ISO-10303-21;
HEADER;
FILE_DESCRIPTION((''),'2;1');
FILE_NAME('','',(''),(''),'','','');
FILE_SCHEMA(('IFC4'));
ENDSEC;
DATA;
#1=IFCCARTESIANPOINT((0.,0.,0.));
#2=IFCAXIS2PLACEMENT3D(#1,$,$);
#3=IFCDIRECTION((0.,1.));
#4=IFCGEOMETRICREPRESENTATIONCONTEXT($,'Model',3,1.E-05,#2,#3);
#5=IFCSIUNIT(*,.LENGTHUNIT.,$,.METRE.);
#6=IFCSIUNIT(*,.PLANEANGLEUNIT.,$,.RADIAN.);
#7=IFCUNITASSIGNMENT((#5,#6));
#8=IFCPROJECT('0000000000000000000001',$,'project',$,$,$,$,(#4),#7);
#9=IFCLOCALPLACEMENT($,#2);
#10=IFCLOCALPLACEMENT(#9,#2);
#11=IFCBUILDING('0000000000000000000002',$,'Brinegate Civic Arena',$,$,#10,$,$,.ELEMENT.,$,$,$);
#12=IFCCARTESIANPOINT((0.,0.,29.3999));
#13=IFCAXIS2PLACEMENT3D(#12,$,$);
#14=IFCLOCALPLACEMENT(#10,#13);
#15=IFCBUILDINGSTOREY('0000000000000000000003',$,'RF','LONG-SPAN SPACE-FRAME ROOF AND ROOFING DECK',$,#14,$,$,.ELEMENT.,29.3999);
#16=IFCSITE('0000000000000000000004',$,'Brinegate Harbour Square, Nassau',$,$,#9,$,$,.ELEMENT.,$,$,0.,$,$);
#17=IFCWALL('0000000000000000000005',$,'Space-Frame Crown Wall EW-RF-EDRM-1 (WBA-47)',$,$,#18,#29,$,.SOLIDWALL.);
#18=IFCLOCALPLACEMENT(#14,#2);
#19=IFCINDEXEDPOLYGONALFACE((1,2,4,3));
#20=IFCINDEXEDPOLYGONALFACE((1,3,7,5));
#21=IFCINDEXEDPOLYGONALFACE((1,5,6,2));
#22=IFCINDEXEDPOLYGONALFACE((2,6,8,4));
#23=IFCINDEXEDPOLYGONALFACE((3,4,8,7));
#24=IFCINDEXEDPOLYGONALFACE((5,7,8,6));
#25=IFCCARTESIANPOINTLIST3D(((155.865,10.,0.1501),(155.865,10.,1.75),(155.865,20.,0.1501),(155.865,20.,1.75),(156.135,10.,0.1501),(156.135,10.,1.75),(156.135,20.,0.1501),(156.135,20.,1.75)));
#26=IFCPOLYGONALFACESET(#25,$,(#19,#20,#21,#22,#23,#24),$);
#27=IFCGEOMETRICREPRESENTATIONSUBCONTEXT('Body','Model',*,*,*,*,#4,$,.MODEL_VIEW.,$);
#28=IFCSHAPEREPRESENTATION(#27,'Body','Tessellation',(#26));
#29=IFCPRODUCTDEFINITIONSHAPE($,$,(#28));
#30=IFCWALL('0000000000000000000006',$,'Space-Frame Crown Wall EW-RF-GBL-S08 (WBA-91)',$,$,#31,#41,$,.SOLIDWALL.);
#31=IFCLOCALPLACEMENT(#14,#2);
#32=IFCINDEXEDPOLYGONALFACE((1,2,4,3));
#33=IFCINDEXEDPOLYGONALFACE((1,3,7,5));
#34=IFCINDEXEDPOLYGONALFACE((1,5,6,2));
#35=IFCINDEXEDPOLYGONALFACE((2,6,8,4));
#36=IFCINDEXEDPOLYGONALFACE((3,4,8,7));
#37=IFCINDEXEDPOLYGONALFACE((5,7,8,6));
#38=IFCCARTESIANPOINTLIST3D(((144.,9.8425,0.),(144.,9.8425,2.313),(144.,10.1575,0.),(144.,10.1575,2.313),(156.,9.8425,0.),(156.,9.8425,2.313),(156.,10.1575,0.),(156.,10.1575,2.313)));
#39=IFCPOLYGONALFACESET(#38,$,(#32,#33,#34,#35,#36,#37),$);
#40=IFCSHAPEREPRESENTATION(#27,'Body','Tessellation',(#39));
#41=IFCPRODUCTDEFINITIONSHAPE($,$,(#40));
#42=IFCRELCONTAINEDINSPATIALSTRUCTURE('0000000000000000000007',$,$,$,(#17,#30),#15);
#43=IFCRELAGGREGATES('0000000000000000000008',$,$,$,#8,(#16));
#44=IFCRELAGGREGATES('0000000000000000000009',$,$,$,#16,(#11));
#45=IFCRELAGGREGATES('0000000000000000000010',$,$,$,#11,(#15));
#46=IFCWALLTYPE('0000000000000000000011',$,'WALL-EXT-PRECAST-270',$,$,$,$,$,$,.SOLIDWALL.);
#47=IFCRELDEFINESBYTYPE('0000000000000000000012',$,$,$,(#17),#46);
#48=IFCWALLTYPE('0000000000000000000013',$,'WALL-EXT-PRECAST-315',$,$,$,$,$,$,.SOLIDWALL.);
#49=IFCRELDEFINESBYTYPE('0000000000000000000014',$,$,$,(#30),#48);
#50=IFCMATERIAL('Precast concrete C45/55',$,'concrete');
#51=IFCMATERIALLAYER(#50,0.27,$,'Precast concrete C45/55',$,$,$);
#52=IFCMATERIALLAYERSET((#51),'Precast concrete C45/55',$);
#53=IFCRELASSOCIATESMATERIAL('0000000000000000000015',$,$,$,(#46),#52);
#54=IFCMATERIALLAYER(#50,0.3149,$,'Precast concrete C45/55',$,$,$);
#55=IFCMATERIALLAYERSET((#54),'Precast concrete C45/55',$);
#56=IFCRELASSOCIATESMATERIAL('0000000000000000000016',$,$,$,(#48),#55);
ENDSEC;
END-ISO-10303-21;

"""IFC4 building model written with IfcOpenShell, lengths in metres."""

from ifc_helpers import new_model, si_unit, direction, frame, frame_2d, origin, place, context, subcontext, project, spatial, rectangle, extrude, material, layer, layer_set, type_object, element, save


model = new_model("IFC4")

# Units and contexts
model_context = context("Model", 3, precision=1e-05, world=origin(), true_north=direction((0.0, 1.0)))
body_context = subcontext(model_context, "Body", "Model", "MODEL_VIEW")
ifc_project = project(units=[si_unit("LENGTHUNIT", "METRE"), si_unit("PLANEANGLEUNIT", "RADIAN")], contexts=[model_context])

# Site, building, storey
site_placement = place(None, origin())
site = spatial("IfcSite", under=ifc_project, at=site_placement, Name="Brinegate Harbour Square, Nassau", CompositionType="ELEMENT", RefElevation=0.0)
building_placement = place(site_placement, origin())
building = spatial("IfcBuilding", under=site, at=building_placement, Name="Brinegate Civic Arena", CompositionType="ELEMENT")
storey_placement = place(building_placement, frame((0.0, 0.0, 29.3999)))
storey = spatial("IfcBuildingStorey", under=building, at=storey_placement, Name="RF", Description="LONG-SPAN SPACE-FRAME ROOF AND ROOFING DECK", CompositionType="ELEMENT", Elevation=29.3999)

# Walls
ifc_material_1 = material(Name="Precast concrete C45/55", Category="concrete")
ifc_layer_1 = layer(ifc_material_1, 0.27, Name="Precast concrete C45/55")
ifc_layer_set_1 = layer_set([ifc_layer_1], Name="Precast concrete C45/55")
wall_type_1 = type_object("IfcWallType", Name="WALL-EXT-PRECAST-270", PredefinedType="SOLIDWALL", material=ifc_layer_set_1)
wall_1_placement = place(storey_placement, frame((156.0, 10.0, 0.1501), z_axis=(0.0, 0.0, 1.0), x_axis=(0.0, 1.0, 0.0)))
element("IfcWall", 1, at=wall_1_placement, inside=storey, type_object=wall_type_1, Name="Space-Frame Crown Wall EW-RF-EDRM-1 (WBA-47)", PredefinedType="SOLIDWALL", context=body_context, shape_type="SweptSolid", body=[
    extrude(rectangle(XDim=10.0, YDim=0.27, at=frame_2d((5.0, 0.0))), origin(), (0.0, 0.0, 1.0), 1.5999),
])
ifc_layer_2 = layer(ifc_material_1, 0.3149, Name="Precast concrete C45/55")
ifc_layer_set_2 = layer_set([ifc_layer_2], Name="Precast concrete C45/55")
wall_type_2 = type_object("IfcWallType", Name="WALL-EXT-PRECAST-315", PredefinedType="SOLIDWALL", material=ifc_layer_set_2)
wall_2_placement = place(storey_placement, frame((144.0, 10.0, 0.0), z_axis=(0.0, 0.0, 1.0), x_axis=(1.0, 0.0, 0.0)))
element("IfcWall", 2, at=wall_2_placement, inside=storey, type_object=wall_type_2, Name="Space-Frame Crown Wall EW-RF-GBL-S08 (WBA-91)", PredefinedType="SOLIDWALL", context=body_context, shape_type="SweptSolid", body=[
    extrude(rectangle(XDim=12.0, YDim=0.3149, at=frame_2d((6.0, 0.0))), origin(), (0.0, 0.0, 1.0), 2.313),
])

save(model, "model.ifc")
